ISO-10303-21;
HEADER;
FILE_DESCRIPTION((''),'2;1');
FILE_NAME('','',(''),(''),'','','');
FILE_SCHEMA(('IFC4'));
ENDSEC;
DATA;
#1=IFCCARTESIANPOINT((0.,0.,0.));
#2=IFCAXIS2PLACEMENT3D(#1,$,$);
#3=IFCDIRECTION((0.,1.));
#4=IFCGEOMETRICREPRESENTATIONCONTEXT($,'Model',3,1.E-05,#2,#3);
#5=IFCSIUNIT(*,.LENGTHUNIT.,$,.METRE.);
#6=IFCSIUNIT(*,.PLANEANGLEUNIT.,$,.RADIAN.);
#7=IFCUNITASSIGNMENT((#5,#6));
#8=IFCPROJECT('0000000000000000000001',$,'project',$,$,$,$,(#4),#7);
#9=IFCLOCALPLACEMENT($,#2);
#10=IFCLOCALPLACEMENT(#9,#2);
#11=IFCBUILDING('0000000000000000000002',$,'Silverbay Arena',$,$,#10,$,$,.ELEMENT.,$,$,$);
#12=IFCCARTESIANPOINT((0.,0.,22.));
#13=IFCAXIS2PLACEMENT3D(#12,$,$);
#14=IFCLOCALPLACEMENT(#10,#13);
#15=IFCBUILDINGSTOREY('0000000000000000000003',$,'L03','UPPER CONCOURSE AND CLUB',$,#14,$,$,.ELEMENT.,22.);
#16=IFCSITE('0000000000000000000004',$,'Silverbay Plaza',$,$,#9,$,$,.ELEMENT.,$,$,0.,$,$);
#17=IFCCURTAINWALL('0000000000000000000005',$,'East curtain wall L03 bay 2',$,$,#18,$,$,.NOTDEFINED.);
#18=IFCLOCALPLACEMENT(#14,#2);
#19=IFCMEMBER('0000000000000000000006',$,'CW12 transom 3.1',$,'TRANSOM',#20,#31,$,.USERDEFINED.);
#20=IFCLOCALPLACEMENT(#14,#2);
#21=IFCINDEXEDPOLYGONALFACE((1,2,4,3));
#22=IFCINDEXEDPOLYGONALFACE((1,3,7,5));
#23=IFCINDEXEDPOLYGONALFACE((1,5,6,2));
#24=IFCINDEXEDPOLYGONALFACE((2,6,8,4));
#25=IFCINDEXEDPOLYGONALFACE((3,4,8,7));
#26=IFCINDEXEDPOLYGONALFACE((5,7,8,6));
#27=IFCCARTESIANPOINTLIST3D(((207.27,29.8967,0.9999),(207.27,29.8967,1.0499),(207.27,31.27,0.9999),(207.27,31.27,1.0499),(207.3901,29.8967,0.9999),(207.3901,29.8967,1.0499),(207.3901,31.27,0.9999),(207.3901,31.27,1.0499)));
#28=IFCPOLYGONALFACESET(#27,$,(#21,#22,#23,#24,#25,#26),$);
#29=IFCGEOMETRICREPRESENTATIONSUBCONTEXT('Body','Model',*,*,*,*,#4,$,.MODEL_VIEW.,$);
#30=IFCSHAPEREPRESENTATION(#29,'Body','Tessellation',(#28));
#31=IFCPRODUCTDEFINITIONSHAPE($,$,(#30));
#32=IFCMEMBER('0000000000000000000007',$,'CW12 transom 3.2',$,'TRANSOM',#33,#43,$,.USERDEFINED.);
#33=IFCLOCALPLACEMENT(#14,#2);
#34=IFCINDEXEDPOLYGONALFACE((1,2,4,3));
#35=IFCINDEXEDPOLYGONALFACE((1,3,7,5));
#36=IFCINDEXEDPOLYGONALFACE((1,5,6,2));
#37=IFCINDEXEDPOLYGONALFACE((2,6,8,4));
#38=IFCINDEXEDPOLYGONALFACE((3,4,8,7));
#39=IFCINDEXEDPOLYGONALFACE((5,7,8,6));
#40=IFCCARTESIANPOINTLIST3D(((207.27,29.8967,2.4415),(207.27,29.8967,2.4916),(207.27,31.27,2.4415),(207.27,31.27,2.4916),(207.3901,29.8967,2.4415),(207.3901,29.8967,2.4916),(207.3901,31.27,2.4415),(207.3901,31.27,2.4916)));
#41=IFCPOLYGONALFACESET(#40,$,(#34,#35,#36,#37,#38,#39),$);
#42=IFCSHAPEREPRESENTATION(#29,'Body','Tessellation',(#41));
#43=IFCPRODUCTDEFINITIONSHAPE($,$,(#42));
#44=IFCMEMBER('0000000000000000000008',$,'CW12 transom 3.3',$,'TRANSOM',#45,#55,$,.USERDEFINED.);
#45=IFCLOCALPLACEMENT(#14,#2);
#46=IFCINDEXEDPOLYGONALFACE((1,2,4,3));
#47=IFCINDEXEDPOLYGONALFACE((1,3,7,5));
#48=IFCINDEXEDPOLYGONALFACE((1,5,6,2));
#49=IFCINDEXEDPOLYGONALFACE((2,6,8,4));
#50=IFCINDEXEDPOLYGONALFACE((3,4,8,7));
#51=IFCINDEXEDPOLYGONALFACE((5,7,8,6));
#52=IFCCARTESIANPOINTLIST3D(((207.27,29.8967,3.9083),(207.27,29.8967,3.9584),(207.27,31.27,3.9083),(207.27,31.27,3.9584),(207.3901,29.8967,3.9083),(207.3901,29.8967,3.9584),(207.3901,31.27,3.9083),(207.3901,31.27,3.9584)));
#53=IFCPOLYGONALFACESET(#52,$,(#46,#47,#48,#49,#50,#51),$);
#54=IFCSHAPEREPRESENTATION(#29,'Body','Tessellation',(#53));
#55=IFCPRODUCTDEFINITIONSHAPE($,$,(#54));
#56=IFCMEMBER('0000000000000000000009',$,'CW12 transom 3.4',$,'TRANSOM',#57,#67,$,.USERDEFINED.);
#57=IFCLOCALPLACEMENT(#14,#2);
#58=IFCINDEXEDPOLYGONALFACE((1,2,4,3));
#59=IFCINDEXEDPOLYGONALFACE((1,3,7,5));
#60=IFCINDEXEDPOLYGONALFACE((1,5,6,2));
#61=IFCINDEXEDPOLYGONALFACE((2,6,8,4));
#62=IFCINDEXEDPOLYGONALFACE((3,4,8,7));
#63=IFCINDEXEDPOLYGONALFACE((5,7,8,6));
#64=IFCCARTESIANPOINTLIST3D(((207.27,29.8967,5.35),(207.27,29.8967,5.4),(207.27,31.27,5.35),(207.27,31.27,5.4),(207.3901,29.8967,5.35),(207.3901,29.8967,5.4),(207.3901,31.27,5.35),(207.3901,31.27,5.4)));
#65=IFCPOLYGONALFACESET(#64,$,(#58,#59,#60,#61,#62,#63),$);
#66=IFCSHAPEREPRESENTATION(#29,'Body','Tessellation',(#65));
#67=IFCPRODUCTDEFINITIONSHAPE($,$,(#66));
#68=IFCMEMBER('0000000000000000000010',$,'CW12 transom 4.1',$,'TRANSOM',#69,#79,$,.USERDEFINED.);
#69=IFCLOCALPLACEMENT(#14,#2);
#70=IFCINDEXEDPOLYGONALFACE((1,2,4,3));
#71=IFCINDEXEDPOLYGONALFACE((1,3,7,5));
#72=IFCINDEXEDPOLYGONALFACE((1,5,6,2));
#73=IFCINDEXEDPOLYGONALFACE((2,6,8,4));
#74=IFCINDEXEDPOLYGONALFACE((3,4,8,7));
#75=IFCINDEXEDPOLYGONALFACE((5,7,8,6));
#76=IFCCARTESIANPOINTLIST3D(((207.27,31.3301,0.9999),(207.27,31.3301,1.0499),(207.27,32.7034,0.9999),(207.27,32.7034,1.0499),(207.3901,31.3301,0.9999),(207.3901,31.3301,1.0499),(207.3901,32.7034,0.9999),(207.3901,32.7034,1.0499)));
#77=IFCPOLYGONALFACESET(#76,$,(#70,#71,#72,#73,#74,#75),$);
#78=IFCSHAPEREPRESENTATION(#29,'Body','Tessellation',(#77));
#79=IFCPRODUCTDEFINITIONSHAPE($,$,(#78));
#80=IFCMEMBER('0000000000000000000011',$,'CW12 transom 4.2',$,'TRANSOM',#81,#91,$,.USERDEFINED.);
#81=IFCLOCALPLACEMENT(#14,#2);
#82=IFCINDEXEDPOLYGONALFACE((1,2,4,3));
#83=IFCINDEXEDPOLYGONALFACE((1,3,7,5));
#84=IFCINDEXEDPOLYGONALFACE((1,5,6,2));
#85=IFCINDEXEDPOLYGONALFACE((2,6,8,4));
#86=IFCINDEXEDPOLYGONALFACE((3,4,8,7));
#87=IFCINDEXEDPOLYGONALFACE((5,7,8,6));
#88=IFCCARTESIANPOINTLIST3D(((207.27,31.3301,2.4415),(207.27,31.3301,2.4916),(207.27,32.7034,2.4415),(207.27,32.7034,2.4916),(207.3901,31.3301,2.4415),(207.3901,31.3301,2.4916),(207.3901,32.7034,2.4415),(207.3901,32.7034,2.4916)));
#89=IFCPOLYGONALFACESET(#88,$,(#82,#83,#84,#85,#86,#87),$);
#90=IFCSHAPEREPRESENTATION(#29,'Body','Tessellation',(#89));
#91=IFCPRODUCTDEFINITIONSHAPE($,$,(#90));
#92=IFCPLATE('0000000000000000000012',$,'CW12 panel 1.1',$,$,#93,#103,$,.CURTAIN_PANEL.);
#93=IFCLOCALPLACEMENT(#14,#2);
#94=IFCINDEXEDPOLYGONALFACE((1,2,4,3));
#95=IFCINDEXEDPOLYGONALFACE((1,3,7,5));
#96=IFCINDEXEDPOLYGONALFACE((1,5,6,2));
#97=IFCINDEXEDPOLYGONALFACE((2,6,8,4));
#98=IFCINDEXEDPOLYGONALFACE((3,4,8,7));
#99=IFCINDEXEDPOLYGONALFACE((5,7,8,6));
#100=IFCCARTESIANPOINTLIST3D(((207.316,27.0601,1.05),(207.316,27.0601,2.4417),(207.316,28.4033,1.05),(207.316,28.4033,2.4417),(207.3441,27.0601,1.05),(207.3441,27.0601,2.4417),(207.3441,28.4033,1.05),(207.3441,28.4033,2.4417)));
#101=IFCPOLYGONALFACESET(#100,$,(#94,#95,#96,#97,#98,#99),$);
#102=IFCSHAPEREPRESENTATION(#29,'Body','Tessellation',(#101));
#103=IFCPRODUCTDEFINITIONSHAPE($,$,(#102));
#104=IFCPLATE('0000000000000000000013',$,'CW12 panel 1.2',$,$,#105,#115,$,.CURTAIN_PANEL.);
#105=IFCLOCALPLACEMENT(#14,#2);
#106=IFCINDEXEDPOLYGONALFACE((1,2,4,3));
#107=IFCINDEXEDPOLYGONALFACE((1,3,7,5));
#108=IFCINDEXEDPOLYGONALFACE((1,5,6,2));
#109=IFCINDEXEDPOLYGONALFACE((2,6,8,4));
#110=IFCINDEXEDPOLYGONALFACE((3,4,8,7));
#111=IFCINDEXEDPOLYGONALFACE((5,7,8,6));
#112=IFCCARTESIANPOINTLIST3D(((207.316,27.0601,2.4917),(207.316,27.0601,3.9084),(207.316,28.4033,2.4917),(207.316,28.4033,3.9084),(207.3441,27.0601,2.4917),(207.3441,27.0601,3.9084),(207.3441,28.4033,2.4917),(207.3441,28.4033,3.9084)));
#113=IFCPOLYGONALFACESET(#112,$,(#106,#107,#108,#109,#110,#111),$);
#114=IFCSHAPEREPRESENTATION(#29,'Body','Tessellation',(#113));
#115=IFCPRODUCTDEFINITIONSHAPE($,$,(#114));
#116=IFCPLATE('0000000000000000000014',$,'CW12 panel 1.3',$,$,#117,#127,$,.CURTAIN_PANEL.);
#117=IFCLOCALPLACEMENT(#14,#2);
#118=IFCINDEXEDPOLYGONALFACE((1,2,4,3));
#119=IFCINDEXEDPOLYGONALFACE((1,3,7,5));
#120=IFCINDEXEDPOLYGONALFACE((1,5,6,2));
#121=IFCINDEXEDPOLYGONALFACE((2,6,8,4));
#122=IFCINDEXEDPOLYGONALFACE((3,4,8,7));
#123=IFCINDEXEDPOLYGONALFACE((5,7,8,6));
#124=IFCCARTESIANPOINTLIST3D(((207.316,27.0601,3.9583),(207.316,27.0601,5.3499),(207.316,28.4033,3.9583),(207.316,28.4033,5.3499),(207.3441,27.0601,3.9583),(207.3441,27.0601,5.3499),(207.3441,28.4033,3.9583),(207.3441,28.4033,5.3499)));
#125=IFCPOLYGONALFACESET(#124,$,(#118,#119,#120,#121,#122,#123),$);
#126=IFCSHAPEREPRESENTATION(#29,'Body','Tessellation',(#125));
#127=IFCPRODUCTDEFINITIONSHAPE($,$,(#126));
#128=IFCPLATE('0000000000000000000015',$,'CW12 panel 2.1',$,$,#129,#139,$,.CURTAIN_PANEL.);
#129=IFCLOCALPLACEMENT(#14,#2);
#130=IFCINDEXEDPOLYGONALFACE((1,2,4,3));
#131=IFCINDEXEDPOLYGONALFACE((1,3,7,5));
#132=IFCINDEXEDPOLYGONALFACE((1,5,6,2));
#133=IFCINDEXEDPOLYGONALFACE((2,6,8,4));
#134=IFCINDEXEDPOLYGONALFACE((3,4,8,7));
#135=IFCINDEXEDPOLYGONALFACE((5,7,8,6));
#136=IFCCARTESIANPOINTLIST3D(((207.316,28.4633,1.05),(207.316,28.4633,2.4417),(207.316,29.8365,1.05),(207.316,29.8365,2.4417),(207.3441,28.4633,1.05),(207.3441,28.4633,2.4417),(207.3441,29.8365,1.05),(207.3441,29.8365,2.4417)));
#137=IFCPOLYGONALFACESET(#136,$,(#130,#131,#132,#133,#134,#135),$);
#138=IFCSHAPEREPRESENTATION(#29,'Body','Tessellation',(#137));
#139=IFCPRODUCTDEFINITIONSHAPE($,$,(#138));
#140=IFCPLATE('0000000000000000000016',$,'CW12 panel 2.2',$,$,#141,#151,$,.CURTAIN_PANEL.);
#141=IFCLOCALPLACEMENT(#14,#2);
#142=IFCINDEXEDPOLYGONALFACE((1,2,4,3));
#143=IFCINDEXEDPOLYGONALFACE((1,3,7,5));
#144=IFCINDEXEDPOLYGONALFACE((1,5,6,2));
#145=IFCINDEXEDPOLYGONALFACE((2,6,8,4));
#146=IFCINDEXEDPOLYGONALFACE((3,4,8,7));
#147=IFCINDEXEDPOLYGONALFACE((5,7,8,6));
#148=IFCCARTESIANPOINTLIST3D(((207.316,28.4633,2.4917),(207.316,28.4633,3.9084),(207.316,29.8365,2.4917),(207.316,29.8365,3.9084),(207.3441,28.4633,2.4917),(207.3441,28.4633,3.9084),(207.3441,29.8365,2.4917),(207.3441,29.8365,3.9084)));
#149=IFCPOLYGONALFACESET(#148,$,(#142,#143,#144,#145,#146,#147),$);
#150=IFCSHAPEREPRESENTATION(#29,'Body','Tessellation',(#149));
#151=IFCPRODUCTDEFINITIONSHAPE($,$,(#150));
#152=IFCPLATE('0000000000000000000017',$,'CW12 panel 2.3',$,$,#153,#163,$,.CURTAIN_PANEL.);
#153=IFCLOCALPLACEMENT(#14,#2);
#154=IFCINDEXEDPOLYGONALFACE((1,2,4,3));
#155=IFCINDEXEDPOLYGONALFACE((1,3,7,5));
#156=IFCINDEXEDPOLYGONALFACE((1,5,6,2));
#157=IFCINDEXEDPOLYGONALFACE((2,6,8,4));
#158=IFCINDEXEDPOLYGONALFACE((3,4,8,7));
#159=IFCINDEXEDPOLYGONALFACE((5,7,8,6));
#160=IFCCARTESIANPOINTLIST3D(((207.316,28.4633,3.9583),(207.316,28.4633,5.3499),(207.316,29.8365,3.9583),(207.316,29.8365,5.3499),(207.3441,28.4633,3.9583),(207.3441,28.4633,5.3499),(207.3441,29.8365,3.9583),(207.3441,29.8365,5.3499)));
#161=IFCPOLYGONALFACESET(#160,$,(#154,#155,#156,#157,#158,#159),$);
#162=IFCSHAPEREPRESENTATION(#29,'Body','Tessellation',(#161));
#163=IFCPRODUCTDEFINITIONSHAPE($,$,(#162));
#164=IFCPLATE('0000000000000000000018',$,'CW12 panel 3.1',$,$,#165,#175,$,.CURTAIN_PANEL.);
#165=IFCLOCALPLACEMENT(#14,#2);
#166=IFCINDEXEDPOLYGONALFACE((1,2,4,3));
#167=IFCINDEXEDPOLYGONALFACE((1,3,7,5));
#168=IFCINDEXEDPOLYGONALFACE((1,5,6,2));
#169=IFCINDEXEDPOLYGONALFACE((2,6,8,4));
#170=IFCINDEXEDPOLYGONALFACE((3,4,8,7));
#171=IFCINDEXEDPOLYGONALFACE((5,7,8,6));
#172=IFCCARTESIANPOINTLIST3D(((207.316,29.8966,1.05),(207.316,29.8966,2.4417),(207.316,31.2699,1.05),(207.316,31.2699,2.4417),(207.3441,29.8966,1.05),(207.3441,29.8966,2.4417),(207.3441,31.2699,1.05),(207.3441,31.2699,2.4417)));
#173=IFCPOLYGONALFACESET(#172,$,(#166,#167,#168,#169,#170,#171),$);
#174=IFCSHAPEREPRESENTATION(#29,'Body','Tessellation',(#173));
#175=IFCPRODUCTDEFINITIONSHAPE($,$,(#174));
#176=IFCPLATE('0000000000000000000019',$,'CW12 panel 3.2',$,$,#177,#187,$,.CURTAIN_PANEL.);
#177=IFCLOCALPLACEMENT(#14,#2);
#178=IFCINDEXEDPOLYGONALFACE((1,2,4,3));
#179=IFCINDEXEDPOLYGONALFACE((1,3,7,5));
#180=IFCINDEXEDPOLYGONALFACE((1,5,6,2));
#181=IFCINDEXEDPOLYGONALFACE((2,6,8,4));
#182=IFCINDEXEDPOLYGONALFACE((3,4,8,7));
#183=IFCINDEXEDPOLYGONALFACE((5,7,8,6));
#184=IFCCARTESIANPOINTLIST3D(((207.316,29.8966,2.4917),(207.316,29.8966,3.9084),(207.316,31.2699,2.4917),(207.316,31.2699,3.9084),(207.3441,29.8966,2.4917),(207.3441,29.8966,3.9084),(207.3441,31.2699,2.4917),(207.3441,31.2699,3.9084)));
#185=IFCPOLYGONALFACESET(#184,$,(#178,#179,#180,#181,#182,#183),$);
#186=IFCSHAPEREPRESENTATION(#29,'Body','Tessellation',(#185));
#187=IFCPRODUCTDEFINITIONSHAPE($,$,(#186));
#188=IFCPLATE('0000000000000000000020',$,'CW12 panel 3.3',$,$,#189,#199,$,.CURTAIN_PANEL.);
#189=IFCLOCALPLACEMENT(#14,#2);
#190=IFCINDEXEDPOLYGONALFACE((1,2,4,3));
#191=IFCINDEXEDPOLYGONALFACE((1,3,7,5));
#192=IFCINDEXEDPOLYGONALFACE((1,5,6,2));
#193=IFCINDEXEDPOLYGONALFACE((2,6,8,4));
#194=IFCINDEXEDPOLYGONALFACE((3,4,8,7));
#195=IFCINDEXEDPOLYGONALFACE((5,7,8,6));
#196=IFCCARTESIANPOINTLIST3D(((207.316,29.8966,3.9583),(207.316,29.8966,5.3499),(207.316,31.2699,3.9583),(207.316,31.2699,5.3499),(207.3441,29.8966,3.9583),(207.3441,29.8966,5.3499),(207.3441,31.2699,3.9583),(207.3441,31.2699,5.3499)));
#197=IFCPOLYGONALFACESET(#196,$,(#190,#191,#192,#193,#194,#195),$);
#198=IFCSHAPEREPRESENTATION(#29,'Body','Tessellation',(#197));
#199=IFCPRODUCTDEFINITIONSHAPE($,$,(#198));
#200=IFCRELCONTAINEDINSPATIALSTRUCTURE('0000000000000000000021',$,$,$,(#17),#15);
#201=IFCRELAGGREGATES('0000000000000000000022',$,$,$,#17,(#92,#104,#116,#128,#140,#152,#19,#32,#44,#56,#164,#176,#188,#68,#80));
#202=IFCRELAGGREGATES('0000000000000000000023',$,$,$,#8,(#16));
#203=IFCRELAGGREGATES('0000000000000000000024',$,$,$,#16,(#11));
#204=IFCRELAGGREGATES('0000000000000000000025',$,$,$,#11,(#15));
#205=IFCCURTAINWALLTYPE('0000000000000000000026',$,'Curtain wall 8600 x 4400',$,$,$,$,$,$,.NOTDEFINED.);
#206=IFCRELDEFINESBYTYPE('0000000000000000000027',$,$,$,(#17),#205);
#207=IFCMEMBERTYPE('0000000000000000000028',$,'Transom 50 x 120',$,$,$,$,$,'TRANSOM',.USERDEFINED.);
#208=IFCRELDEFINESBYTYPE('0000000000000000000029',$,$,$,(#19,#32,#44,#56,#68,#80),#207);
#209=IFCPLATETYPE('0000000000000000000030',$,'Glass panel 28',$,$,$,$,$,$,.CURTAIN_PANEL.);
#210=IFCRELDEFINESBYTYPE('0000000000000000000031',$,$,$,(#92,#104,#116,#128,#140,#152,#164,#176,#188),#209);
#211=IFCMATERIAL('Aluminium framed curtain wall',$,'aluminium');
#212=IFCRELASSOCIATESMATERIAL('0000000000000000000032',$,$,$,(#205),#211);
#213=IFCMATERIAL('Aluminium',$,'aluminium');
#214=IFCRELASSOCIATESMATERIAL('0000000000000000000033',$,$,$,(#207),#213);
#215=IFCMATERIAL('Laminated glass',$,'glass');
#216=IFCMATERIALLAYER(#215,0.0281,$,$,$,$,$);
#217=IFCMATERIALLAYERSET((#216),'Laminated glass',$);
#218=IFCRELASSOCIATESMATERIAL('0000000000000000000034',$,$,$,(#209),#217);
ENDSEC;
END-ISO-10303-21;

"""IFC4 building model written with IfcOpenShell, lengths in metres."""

from ifc_helpers import new_model, si_unit, direction, frame, origin, origin_2d, place, context, subcontext, project, spatial, rectangle, extrude, material, layer, layer_set, material_profile, profile_set, type_object, element, aggregate, save


model = new_model("IFC4")

# Units and contexts
model_context = context("Model", 3, precision=1e-05, world=origin(), true_north=direction((0.0, 1.0)))
body_context = subcontext(model_context, "Body", "Model", "MODEL_VIEW")
ifc_project = project(units=[si_unit("LENGTHUNIT", "METRE"), si_unit("PLANEANGLEUNIT", "RADIAN")], contexts=[model_context])

# Site, building, storey
site_placement = place(None, origin())
site = spatial("IfcSite", under=ifc_project, at=site_placement, Name="Silverbay Plaza", CompositionType="ELEMENT", RefElevation=0.0)
building_placement = place(site_placement, origin())
building = spatial("IfcBuilding", under=site, at=building_placement, Name="Silverbay Arena", CompositionType="ELEMENT")
storey_placement = place(building_placement, frame((0.0, 0.0, 22.0)))
storey = spatial("IfcBuildingStorey", under=building, at=storey_placement, Name="L03", Description="UPPER CONCOURSE AND CLUB", CompositionType="ELEMENT", Elevation=22.0)

# Curtain wall
ifc_material_1 = material(Name="Aluminium framed curtain wall", Category="aluminium")
curtain_wall_type = type_object("IfcCurtainWallType", Name="Curtain wall 8600 x 4400", PredefinedType="NOTDEFINED", material=ifc_material_1)
curtain_wall_placement = place(storey_placement, origin())
curtain_wall = element("IfcCurtainWall", 1, at=curtain_wall_placement, inside=storey, type_object=curtain_wall_type, Name="East curtain wall L03 bay 2", PredefinedType="NOTDEFINED")

# Members
ifc_material_2 = material(Name="Aluminium", Category="aluminium")
ifc_material_profile_1 = material_profile(ifc_material_2, rectangle(XDim=0.1201, YDim=0.05, at=origin_2d()), Name="Transom 50 x 120")
ifc_profile_set_1 = profile_set([ifc_material_profile_1], Name="Aluminium")
member_type_1 = type_object("IfcMemberType", Name="Transom 50 x 120", ElementType="TRANSOM", PredefinedType="USERDEFINED", material=ifc_profile_set_1)
member_1_placement = place(storey_placement, frame((207.3301, 29.8967, 1.0249), z_axis=(0.0, 1.0, 0.0), x_axis=(-1.0, 0.0, 0.0)))
member_1 = element("IfcMember", 2, at=member_1_placement, type_object=member_type_1, Name="CW12 transom 3.1", ObjectType="TRANSOM", PredefinedType="USERDEFINED", context=body_context, shape_type="SweptSolid", body=[
    extrude(rectangle(XDim=0.1201, YDim=0.05, at=origin_2d()), origin(), (0.0, 0.0, 1.0), 1.3733),
])
member_2_placement = place(storey_placement, frame((207.3301, 29.8967, 2.4666), z_axis=(0.0, 1.0, 0.0), x_axis=(-1.0, 0.0, 0.0)))
member_2 = element("IfcMember", 3, at=member_2_placement, type_object=member_type_1, Name="CW12 transom 3.2", ObjectType="TRANSOM", PredefinedType="USERDEFINED", context=body_context, shape_type="SweptSolid", body=[
    extrude(rectangle(XDim=0.1201, YDim=0.05, at=origin_2d()), origin(), (0.0, 0.0, 1.0), 1.3733),
])
member_3_placement = place(storey_placement, frame((207.3301, 29.8967, 3.9333), z_axis=(0.0, 1.0, 0.0), x_axis=(-1.0, 0.0, 0.0)))
member_3 = element("IfcMember", 4, at=member_3_placement, type_object=member_type_1, Name="CW12 transom 3.3", ObjectType="TRANSOM", PredefinedType="USERDEFINED", context=body_context, shape_type="SweptSolid", body=[
    extrude(rectangle(XDim=0.1201, YDim=0.05, at=origin_2d()), origin(), (0.0, 0.0, 1.0), 1.3733),
])
member_4_placement = place(storey_placement, frame((207.3301, 29.8967, 5.375), z_axis=(0.0, 1.0, 0.0), x_axis=(-1.0, 0.0, 0.0)))
member_4 = element("IfcMember", 5, at=member_4_placement, type_object=member_type_1, Name="CW12 transom 3.4", ObjectType="TRANSOM", PredefinedType="USERDEFINED", context=body_context, shape_type="SweptSolid", body=[
    extrude(rectangle(XDim=0.1201, YDim=0.05, at=origin_2d()), origin(), (0.0, 0.0, 1.0), 1.3733),
])
member_5_placement = place(storey_placement, frame((207.3301, 31.3301, 1.0249), z_axis=(0.0, 1.0, 0.0), x_axis=(-1.0, 0.0, 0.0)))
member_5 = element("IfcMember", 6, at=member_5_placement, type_object=member_type_1, Name="CW12 transom 4.1", ObjectType="TRANSOM", PredefinedType="USERDEFINED", context=body_context, shape_type="SweptSolid", body=[
    extrude(rectangle(XDim=0.1201, YDim=0.05, at=origin_2d()), origin(), (0.0, 0.0, 1.0), 1.3733),
])
member_6_placement = place(storey_placement, frame((207.3301, 31.3301, 2.4666), z_axis=(0.0, 1.0, 0.0), x_axis=(-1.0, 0.0, 0.0)))
member_6 = element("IfcMember", 7, at=member_6_placement, type_object=member_type_1, Name="CW12 transom 4.2", ObjectType="TRANSOM", PredefinedType="USERDEFINED", context=body_context, shape_type="SweptSolid", body=[
    extrude(rectangle(XDim=0.1201, YDim=0.05, at=origin_2d()), origin(), (0.0, 0.0, 1.0), 1.3733),
])

# Plates
ifc_material_3 = material(Name="Laminated glass", Category="glass")
ifc_layer_1 = layer(ifc_material_3, 0.0281)
ifc_layer_set_1 = layer_set([ifc_layer_1], Name="Laminated glass")
plate_type = type_object("IfcPlateType", Name="Glass panel 28", PredefinedType="CURTAIN_PANEL", material=ifc_layer_set_1)
plate_1_placement = place(storey_placement, frame((207.3301, 27.7317, 1.05), z_axis=(0.0, 0.0, 1.0), x_axis=(0.0, 1.0, 0.0)))
plate_1 = element("IfcPlate", 8, at=plate_1_placement, type_object=plate_type, Name="CW12 panel 1.1", PredefinedType="CURTAIN_PANEL", context=body_context, shape_type="SweptSolid", body=[
    extrude(rectangle(XDim=1.3433, YDim=0.0281, at=origin_2d()), origin(), (0.0, 0.0, 1.0), 1.3916),
])
plate_2_placement = place(storey_placement, frame((207.3301, 27.7317, 2.4917), z_axis=(0.0, 0.0, 1.0), x_axis=(0.0, 1.0, 0.0)))
plate_2 = element("IfcPlate", 9, at=plate_2_placement, type_object=plate_type, Name="CW12 panel 1.2", PredefinedType="CURTAIN_PANEL", context=body_context, shape_type="SweptSolid", body=[
    extrude(rectangle(XDim=1.3433, YDim=0.0281, at=origin_2d()), origin(), (0.0, 0.0, 1.0), 1.4167),
])
plate_3_placement = place(storey_placement, frame((207.3301, 27.7317, 3.9583), z_axis=(0.0, 0.0, 1.0), x_axis=(0.0, 1.0, 0.0)))
plate_3 = element("IfcPlate", 10, at=plate_3_placement, type_object=plate_type, Name="CW12 panel 1.3", PredefinedType="CURTAIN_PANEL", context=body_context, shape_type="SweptSolid", body=[
    extrude(rectangle(XDim=1.3433, YDim=0.0281, at=origin_2d()), origin(), (0.0, 0.0, 1.0), 1.3916),
])
plate_4_placement = place(storey_placement, frame((207.3301, 29.1499, 1.05), z_axis=(0.0, 0.0, 1.0), x_axis=(0.0, 1.0, 0.0)))
plate_4 = element("IfcPlate", 11, at=plate_4_placement, type_object=plate_type, Name="CW12 panel 2.1", PredefinedType="CURTAIN_PANEL", context=body_context, shape_type="SweptSolid", body=[
    extrude(rectangle(XDim=1.3733, YDim=0.0281, at=origin_2d()), origin(), (0.0, 0.0, 1.0), 1.3916),
])
plate_5_placement = place(storey_placement, frame((207.3301, 29.1499, 2.4917), z_axis=(0.0, 0.0, 1.0), x_axis=(0.0, 1.0, 0.0)))
plate_5 = element("IfcPlate", 12, at=plate_5_placement, type_object=plate_type, Name="CW12 panel 2.2", PredefinedType="CURTAIN_PANEL", context=body_context, shape_type="SweptSolid", body=[
    extrude(rectangle(XDim=1.3733, YDim=0.0281, at=origin_2d()), origin(), (0.0, 0.0, 1.0), 1.4167),
])
plate_6_placement = place(storey_placement, frame((207.3301, 29.1499, 3.9583), z_axis=(0.0, 0.0, 1.0), x_axis=(0.0, 1.0, 0.0)))
plate_6 = element("IfcPlate", 13, at=plate_6_placement, type_object=plate_type, Name="CW12 panel 2.3", PredefinedType="CURTAIN_PANEL", context=body_context, shape_type="SweptSolid", body=[
    extrude(rectangle(XDim=1.3733, YDim=0.0281, at=origin_2d()), origin(), (0.0, 0.0, 1.0), 1.3916),
])
plate_7_placement = place(storey_placement, frame((207.3301, 30.5833, 1.05), z_axis=(0.0, 0.0, 1.0), x_axis=(0.0, 1.0, 0.0)))
plate_7 = element("IfcPlate", 14, at=plate_7_placement, type_object=plate_type, Name="CW12 panel 3.1", PredefinedType="CURTAIN_PANEL", context=body_context, shape_type="SweptSolid", body=[
    extrude(rectangle(XDim=1.3733, YDim=0.0281, at=origin_2d()), origin(), (0.0, 0.0, 1.0), 1.3916),
])
plate_8_placement = place(storey_placement, frame((207.3301, 30.5833, 2.4917), z_axis=(0.0, 0.0, 1.0), x_axis=(0.0, 1.0, 0.0)))
plate_8 = element("IfcPlate", 15, at=plate_8_placement, type_object=plate_type, Name="CW12 panel 3.2", PredefinedType="CURTAIN_PANEL", context=body_context, shape_type="SweptSolid", body=[
    extrude(rectangle(XDim=1.3733, YDim=0.0281, at=origin_2d()), origin(), (0.0, 0.0, 1.0), 1.4167),
])
plate_9_placement = place(storey_placement, frame((207.3301, 30.5833, 3.9583), z_axis=(0.0, 0.0, 1.0), x_axis=(0.0, 1.0, 0.0)))
plate_9 = element("IfcPlate", 16, at=plate_9_placement, type_object=plate_type, Name="CW12 panel 3.3", PredefinedType="CURTAIN_PANEL", context=body_context, shape_type="SweptSolid", body=[
    extrude(rectangle(XDim=1.3733, YDim=0.0281, at=origin_2d()), origin(), (0.0, 0.0, 1.0), 1.3916),
])
aggregate(curtain_wall, [plate_1, plate_2, plate_3, plate_4, plate_5, plate_6, member_1, member_2, member_3, member_4, plate_7, plate_8, plate_9, member_5, member_6])

save(model, "model.ifc")
